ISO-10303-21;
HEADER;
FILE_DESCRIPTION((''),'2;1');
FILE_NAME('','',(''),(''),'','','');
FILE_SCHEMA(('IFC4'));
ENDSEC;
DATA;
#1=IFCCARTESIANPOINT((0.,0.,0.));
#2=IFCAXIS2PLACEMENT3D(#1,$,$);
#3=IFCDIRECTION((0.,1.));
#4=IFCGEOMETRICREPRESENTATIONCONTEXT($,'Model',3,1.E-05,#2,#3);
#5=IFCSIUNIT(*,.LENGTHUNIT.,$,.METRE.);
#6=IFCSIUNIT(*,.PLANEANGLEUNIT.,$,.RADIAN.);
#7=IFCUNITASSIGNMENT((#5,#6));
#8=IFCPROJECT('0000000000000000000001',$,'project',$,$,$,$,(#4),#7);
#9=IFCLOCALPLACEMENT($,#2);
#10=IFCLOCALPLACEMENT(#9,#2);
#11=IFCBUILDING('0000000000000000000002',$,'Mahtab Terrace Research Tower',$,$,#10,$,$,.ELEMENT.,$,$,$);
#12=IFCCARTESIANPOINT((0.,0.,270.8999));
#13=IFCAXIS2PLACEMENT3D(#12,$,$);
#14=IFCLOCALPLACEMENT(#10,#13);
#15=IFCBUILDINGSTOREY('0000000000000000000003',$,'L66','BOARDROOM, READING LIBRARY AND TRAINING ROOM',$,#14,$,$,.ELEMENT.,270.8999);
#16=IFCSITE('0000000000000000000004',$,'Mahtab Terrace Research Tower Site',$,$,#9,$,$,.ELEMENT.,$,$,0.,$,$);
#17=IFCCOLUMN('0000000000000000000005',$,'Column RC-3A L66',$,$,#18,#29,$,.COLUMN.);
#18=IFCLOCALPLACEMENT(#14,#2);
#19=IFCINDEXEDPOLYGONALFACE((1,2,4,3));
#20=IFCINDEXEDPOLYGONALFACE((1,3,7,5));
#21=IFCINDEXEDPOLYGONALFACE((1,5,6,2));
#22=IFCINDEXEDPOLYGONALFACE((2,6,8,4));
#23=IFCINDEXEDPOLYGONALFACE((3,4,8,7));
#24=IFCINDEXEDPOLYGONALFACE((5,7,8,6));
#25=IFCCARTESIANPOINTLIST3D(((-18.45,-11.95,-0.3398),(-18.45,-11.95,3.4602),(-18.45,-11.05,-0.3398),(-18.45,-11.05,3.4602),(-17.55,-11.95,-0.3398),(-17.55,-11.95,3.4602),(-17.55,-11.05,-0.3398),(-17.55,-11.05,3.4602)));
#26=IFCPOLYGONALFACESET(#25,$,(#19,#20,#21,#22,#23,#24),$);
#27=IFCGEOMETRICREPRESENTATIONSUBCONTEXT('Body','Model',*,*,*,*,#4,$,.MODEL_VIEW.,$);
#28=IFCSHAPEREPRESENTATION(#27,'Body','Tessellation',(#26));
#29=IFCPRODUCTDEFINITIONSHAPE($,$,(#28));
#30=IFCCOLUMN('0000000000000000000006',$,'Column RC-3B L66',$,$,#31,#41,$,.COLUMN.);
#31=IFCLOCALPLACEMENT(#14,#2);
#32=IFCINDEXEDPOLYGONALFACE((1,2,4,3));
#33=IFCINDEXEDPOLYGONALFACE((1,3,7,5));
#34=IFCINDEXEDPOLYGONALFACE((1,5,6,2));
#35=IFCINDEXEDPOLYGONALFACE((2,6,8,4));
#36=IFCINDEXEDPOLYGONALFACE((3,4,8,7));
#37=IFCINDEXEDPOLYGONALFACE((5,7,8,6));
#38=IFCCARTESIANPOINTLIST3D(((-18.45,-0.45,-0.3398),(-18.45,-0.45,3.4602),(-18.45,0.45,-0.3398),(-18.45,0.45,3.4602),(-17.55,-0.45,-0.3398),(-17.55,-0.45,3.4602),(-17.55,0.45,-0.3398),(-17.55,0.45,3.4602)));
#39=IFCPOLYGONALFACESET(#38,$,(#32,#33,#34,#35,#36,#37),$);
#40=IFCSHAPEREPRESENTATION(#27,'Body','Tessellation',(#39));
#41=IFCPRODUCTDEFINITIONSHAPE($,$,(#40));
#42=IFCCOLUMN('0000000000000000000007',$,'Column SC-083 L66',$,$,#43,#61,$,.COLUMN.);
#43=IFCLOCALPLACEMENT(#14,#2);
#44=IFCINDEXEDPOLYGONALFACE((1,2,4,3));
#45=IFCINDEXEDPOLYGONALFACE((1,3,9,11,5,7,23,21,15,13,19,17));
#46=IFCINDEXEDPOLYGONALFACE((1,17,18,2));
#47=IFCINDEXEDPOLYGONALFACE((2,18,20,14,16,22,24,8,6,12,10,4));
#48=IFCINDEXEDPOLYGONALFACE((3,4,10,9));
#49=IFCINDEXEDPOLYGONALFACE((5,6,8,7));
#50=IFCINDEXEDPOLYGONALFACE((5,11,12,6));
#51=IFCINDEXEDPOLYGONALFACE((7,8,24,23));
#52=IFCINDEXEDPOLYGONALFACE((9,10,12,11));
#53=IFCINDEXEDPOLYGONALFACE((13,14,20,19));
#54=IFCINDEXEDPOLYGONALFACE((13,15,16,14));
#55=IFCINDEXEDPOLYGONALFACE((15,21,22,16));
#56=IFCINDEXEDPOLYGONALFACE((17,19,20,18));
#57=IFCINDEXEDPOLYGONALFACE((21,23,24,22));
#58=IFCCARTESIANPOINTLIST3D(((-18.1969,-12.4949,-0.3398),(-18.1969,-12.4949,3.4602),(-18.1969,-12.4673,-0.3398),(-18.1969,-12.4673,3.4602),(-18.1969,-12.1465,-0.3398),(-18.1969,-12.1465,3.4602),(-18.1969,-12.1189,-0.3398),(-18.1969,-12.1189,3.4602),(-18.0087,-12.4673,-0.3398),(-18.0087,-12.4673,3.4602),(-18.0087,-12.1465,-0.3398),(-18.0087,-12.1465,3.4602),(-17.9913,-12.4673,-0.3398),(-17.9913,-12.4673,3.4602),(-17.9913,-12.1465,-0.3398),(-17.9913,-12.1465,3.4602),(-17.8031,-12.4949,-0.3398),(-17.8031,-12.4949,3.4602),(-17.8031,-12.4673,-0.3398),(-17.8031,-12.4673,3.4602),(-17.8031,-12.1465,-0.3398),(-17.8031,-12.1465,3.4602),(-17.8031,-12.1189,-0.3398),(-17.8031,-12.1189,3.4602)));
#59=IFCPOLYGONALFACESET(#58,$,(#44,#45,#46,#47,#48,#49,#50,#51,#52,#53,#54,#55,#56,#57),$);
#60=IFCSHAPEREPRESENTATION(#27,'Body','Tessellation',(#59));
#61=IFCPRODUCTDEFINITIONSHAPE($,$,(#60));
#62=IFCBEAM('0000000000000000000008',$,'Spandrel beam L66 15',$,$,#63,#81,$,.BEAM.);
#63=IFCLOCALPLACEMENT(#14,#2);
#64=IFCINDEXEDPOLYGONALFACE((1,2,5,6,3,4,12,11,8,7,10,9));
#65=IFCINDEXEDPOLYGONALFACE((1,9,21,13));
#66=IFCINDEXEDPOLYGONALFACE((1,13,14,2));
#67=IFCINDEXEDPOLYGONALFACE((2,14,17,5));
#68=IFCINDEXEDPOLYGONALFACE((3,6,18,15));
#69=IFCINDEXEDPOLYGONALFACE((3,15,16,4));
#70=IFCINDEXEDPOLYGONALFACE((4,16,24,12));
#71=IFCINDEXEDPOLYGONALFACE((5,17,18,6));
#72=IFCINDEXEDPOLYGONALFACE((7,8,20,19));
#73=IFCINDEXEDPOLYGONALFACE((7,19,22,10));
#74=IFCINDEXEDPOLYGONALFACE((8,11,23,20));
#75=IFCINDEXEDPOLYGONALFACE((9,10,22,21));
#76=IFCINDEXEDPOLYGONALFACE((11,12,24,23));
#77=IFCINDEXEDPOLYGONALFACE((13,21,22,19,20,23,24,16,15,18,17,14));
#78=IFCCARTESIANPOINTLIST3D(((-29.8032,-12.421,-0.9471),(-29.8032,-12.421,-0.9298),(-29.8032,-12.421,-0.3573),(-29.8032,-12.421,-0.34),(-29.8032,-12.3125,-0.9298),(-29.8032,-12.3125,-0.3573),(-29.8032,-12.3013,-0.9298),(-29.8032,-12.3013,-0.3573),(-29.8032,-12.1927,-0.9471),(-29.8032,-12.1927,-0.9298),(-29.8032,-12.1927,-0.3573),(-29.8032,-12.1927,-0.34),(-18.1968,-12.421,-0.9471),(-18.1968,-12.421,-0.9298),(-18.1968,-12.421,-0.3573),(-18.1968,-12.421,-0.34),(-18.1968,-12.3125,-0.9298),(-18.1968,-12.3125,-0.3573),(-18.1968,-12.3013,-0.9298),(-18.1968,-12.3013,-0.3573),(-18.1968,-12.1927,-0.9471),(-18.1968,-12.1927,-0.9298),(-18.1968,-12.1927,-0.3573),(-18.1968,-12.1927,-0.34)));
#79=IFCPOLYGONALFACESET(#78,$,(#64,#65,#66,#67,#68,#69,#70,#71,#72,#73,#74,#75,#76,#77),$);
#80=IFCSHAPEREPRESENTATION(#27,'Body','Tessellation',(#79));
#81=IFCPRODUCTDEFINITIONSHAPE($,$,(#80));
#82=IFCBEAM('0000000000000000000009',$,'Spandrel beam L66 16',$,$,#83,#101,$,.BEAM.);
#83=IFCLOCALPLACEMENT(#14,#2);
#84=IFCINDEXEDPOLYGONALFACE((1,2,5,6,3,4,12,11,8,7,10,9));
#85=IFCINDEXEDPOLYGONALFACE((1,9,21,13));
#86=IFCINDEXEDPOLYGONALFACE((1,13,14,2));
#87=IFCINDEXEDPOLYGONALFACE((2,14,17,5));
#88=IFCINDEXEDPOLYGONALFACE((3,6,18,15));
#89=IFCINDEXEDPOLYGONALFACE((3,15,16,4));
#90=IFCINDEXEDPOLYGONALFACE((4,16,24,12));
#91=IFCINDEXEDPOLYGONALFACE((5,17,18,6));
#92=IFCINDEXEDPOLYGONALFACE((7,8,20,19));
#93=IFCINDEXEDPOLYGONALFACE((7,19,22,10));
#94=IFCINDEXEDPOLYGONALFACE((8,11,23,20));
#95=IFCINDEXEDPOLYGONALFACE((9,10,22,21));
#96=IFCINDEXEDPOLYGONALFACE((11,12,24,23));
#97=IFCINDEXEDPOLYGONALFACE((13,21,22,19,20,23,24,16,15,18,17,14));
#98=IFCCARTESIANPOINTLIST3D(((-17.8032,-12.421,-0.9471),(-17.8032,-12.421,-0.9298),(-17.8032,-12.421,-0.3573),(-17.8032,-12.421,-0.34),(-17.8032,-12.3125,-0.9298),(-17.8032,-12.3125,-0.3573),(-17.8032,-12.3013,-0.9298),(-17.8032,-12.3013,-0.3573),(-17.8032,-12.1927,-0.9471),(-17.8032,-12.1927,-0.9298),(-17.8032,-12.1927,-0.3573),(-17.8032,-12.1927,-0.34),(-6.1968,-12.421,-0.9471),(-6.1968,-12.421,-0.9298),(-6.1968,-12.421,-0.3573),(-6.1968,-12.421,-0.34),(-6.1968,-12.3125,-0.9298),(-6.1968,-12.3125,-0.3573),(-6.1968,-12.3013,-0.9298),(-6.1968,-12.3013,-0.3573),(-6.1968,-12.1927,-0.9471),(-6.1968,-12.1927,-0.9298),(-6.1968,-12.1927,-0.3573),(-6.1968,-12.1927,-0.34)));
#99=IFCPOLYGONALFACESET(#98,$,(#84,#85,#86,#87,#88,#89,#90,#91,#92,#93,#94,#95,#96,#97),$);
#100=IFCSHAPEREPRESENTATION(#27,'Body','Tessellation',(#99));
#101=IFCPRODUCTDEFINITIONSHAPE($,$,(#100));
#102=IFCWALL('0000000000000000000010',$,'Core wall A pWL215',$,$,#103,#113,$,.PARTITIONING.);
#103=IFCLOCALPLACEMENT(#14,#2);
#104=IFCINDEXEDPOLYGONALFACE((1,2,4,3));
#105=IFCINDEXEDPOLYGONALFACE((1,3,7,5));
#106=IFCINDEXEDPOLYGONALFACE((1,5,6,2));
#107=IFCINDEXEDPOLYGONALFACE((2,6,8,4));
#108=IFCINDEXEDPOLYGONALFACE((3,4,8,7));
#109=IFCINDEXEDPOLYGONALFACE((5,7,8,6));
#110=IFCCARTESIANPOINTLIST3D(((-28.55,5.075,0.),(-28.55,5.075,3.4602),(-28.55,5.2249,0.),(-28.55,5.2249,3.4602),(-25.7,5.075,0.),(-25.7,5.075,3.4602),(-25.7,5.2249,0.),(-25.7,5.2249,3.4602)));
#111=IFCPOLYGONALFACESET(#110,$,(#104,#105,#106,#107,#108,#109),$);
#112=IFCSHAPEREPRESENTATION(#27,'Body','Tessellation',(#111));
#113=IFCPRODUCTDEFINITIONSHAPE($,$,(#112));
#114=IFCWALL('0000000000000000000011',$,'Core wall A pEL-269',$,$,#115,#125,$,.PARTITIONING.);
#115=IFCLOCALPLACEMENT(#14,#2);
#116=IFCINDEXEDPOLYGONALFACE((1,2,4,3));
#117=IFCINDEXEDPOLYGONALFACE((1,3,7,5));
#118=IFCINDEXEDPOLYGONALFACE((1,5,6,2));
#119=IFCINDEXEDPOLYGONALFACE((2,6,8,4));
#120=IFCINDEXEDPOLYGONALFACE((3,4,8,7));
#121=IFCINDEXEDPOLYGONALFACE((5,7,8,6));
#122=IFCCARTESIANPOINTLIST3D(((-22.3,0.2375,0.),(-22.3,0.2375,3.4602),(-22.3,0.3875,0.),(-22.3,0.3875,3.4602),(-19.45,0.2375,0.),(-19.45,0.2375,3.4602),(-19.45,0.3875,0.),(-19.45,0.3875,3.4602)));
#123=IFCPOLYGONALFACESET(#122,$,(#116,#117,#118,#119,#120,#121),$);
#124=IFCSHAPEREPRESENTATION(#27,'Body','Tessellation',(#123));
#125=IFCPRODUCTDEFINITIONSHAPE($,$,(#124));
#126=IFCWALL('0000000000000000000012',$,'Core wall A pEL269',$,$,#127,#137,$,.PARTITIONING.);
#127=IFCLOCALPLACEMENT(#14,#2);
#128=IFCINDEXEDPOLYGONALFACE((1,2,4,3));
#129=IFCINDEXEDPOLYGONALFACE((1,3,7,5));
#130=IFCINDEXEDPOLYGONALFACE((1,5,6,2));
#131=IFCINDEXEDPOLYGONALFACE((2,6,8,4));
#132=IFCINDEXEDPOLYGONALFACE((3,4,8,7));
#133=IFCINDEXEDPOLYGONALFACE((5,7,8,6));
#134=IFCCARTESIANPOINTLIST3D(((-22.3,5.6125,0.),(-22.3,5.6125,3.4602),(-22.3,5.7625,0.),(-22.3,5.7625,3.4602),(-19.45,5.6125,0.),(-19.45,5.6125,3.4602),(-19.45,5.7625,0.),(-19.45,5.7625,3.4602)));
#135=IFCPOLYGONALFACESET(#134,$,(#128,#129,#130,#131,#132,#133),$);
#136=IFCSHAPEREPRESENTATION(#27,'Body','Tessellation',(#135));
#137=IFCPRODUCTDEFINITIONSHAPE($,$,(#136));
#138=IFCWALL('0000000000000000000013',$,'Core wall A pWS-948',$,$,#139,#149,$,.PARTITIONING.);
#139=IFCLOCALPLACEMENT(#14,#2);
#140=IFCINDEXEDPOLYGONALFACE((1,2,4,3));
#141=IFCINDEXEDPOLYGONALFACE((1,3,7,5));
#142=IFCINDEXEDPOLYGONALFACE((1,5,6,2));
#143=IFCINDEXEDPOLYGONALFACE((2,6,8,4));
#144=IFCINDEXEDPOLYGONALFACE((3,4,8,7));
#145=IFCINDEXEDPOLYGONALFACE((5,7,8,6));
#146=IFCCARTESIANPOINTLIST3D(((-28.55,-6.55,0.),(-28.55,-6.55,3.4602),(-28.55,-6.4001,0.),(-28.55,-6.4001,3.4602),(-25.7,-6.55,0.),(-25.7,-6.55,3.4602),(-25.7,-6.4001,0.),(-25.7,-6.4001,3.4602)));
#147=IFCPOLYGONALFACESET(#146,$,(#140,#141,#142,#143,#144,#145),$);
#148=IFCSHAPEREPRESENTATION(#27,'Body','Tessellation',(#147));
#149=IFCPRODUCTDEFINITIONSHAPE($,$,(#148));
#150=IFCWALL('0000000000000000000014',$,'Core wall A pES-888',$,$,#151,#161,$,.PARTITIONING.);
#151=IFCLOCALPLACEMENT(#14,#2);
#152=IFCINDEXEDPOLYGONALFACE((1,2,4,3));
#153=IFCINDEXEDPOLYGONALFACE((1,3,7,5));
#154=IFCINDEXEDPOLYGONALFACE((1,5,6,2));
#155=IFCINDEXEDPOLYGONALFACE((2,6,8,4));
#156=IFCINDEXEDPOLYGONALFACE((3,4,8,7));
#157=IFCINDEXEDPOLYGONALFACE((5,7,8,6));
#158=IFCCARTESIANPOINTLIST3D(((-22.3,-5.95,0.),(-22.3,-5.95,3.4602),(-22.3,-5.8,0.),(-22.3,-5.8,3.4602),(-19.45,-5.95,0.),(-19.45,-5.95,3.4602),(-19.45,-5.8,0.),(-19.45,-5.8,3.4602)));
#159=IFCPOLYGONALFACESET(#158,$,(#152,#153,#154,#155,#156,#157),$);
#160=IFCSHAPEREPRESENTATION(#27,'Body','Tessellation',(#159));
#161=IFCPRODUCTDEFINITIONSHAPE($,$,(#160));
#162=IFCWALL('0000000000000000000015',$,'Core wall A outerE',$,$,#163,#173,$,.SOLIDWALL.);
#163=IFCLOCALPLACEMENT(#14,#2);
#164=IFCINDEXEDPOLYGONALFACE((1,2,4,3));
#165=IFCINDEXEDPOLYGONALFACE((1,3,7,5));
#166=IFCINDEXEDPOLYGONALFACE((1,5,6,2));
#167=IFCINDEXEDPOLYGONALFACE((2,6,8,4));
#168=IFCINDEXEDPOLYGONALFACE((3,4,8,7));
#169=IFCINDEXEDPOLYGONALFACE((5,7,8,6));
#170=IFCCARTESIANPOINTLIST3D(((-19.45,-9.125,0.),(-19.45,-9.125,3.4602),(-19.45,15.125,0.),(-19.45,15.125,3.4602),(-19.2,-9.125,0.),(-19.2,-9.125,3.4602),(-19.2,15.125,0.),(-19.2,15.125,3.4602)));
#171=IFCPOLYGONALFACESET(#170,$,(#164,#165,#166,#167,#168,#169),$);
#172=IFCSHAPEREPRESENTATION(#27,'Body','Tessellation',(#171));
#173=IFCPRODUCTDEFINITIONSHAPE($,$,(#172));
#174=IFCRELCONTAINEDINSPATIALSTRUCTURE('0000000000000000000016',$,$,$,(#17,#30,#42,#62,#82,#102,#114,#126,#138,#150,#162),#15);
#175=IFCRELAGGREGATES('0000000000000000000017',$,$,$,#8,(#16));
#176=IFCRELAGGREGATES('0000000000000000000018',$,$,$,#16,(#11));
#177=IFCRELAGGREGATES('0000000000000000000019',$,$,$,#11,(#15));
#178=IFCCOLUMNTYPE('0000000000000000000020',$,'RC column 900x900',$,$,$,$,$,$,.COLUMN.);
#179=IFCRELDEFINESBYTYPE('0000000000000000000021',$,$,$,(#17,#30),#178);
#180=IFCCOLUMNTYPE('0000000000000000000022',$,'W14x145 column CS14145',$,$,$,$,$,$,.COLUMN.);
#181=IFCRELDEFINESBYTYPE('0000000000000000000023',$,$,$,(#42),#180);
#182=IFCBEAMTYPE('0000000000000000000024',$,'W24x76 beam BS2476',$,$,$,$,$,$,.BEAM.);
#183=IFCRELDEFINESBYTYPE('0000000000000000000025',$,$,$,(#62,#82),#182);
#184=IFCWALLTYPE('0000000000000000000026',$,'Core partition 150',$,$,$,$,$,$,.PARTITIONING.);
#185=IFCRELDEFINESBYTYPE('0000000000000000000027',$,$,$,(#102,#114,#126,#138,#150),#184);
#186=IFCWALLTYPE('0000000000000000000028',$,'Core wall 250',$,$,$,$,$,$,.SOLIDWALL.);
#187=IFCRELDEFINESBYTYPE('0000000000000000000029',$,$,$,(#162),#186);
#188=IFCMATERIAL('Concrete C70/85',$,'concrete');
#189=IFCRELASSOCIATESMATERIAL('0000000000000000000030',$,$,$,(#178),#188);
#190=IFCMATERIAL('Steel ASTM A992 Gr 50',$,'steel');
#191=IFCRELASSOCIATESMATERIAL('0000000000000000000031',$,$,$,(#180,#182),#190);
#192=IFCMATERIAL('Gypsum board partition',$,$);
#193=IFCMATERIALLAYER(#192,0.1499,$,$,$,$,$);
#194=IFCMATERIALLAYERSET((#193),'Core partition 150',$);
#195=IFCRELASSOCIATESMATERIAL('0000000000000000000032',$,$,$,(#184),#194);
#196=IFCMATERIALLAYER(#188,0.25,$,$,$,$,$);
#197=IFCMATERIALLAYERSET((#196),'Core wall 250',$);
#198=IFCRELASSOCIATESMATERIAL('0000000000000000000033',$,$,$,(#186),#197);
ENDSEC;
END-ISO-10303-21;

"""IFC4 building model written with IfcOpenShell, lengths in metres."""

from ifc_helpers import new_model, si_unit, direction, frame, frame_2d, origin, origin_2d, place, context, subcontext, project, spatial, rectangle, i_section, extrude, material, layer, layer_set, material_profile, profile_set, type_object, element, save


model = new_model("IFC4")

# Units and contexts
model_context = context("Model", 3, precision=1e-05, world=origin(), true_north=direction((0.0, 1.0)))
body_context = subcontext(model_context, "Body", "Model", "MODEL_VIEW")
ifc_project = project(units=[si_unit("LENGTHUNIT", "METRE"), si_unit("PLANEANGLEUNIT", "RADIAN")], contexts=[model_context])

# Site, building, storey
site_placement = place(None, origin())
site = spatial("IfcSite", under=ifc_project, at=site_placement, Name="Mahtab Terrace Research Tower Site", CompositionType="ELEMENT", RefElevation=0.0)
building_placement = place(site_placement, origin())
building = spatial("IfcBuilding", under=site, at=building_placement, Name="Mahtab Terrace Research Tower", CompositionType="ELEMENT")
storey_placement = place(building_placement, frame((0.0, 0.0, 270.8999)))
storey = spatial("IfcBuildingStorey", under=building, at=storey_placement, Name="L66", Description="BOARDROOM, READING LIBRARY AND TRAINING ROOM", CompositionType="ELEMENT", Elevation=270.8999)

# Columns
ifc_material_1 = material(Name="Concrete C70/85", Category="concrete")
ifc_material_profile_1 = material_profile(ifc_material_1, rectangle(XDim=0.8999, YDim=0.8999, at=origin_2d()), Name="RC column 900x900")
ifc_profile_set_1 = profile_set([ifc_material_profile_1], Name="Concrete C70/85")
column_type_1 = type_object("IfcColumnType", Name="RC column 900x900", PredefinedType="COLUMN", material=ifc_profile_set_1)
for number, where, z_axis, x_axis, name in (
    (1, (-18.0, -11.5, -0.3398), (0.0, 0.0, 1.0), (1.0, 0.0, 0.0), "Column RC-3A L66"),
    (2, (-18.0, 0.0, -0.3398), (0.0, 0.0, 1.0), (1.0, 0.0, 0.0), "Column RC-3B L66"),
):
    element("IfcColumn", number, at=place(storey_placement, frame(where, z_axis=z_axis, x_axis=x_axis)), inside=storey, type_object=column_type_1, Name=name, PredefinedType="COLUMN", context=body_context, shape_type="SweptSolid", body=[
        extrude(rectangle(XDim=0.8999, YDim=0.8999, at=origin_2d()), origin(), (0.0, 0.0, 1.0), 3.8),
    ])
ifc_material_2 = material(Name="Steel ASTM A992 Gr 50", Category="steel")
ifc_material_profile_2 = material_profile(ifc_material_2, i_section(OverallWidth=0.3938, OverallDepth=0.376, WebThickness=0.0173, FlangeThickness=0.0276, at=origin_2d()), Name="W14X145")
ifc_profile_set_2 = profile_set([ifc_material_profile_2], Name="Steel ASTM A992 Gr 50")
column_type_2 = type_object("IfcColumnType", Name="W14x145 column CS14145", PredefinedType="COLUMN", material=ifc_profile_set_2)
column_placement = place(storey_placement, frame((-18.0, -12.3069, -0.3398), z_axis=(0.0, 0.0, 1.0), x_axis=(1.0, 0.0, 0.0)))
element("IfcColumn", 3, at=column_placement, inside=storey, type_object=column_type_2, Name="Column SC-083 L66", PredefinedType="COLUMN", context=body_context, shape_type="SweptSolid", body=[
    extrude(i_section(OverallWidth=0.3938, OverallDepth=0.376, WebThickness=0.0173, FlangeThickness=0.0276, at=origin_2d()), origin(), (0.0, 0.0, 1.0), 3.8),
])

# Beams
ifc_material_profile_3 = material_profile(ifc_material_2, i_section(OverallWidth=0.2283, OverallDepth=0.6072, WebThickness=0.0112, FlangeThickness=0.0173, at=origin_2d()), Name="W24X76")
ifc_profile_set_3 = profile_set([ifc_material_profile_3], Name="Steel ASTM A992 Gr 50")
beam_type = type_object("IfcBeamType", Name="W24x76 beam BS2476", PredefinedType="BEAM", material=ifc_profile_set_3)
for number, where, z_axis, x_axis, name in (
    (4, (-29.8032, -12.3069, -0.6436), (1.0, 0.0, 0.0), (0.0, 1.0, 0.0), "Spandrel beam L66 15"),
    (5, (-17.8032, -12.3069, -0.6436), (1.0, 0.0, 0.0), (0.0, 1.0, 0.0), "Spandrel beam L66 16"),
):
    element("IfcBeam", number, at=place(storey_placement, frame(where, z_axis=z_axis, x_axis=x_axis)), inside=storey, type_object=beam_type, Name=name, PredefinedType="BEAM", context=body_context, shape_type="SweptSolid", body=[
        extrude(i_section(OverallWidth=0.2283, OverallDepth=0.6072, WebThickness=0.0112, FlangeThickness=0.0173, at=origin_2d()), origin(), (0.0, 0.0, 1.0), 11.6064),
    ])

# Walls
ifc_material_3 = material(Name="Gypsum board partition")
ifc_layer_1 = layer(ifc_material_3, 0.1499)
ifc_layer_set_1 = layer_set([ifc_layer_1], Name="Core partition 150")
wall_type_1 = type_object("IfcWallType", Name="Core partition 150", PredefinedType="PARTITIONING", material=ifc_layer_set_1)
for number, where, z_axis, x_axis, name in (
    (6, (-28.55, 5.1499, 0.0), (0.0, 0.0, 1.0), (1.0, 0.0, 0.0), "Core wall A pWL215"),
    (7, (-22.3, 0.3125, 0.0), (0.0, 0.0, 1.0), (1.0, 0.0, 0.0), "Core wall A pEL-269"),
    (8, (-22.3, 5.6875, 0.0), (0.0, 0.0, 1.0), (1.0, 0.0, 0.0), "Core wall A pEL269"),
    (9, (-28.55, -6.4751, 0.0), (0.0, 0.0, 1.0), (1.0, 0.0, 0.0), "Core wall A pWS-948"),
    (10, (-22.3, -5.875, 0.0), (0.0, 0.0, 1.0), (1.0, 0.0, 0.0), "Core wall A pES-888"),
):
    element("IfcWall", number, at=place(storey_placement, frame(where, z_axis=z_axis, x_axis=x_axis)), inside=storey, type_object=wall_type_1, Name=name, PredefinedType="PARTITIONING", context=body_context, shape_type="SweptSolid", body=[
        extrude(rectangle(XDim=2.8501, YDim=0.1499, at=frame_2d((1.425, 0.0))), origin(), (0.0, 0.0, 1.0), 3.4602),
    ])
ifc_layer_2 = layer(ifc_material_1, 0.25)
ifc_layer_set_2 = layer_set([ifc_layer_2], Name="Core wall 250")
wall_type_2 = type_object("IfcWallType", Name="Core wall 250", PredefinedType="SOLIDWALL", material=ifc_layer_set_2)
wall_1_placement = place(storey_placement, frame((-19.325, -9.125, 0.0), z_axis=(0.0, 0.0, 1.0), x_axis=(0.0, 1.0, 0.0)))
element("IfcWall", 11, at=wall_1_placement, inside=storey, type_object=wall_type_2, Name="Core wall A outerE", PredefinedType="SOLIDWALL", context=body_context, shape_type="SweptSolid", body=[
    extrude(rectangle(XDim=24.25, YDim=0.25, at=frame_2d((12.125, 0.0))), origin(), (0.0, 0.0, 1.0), 3.4602),
])

save(model, "model.ifc")
